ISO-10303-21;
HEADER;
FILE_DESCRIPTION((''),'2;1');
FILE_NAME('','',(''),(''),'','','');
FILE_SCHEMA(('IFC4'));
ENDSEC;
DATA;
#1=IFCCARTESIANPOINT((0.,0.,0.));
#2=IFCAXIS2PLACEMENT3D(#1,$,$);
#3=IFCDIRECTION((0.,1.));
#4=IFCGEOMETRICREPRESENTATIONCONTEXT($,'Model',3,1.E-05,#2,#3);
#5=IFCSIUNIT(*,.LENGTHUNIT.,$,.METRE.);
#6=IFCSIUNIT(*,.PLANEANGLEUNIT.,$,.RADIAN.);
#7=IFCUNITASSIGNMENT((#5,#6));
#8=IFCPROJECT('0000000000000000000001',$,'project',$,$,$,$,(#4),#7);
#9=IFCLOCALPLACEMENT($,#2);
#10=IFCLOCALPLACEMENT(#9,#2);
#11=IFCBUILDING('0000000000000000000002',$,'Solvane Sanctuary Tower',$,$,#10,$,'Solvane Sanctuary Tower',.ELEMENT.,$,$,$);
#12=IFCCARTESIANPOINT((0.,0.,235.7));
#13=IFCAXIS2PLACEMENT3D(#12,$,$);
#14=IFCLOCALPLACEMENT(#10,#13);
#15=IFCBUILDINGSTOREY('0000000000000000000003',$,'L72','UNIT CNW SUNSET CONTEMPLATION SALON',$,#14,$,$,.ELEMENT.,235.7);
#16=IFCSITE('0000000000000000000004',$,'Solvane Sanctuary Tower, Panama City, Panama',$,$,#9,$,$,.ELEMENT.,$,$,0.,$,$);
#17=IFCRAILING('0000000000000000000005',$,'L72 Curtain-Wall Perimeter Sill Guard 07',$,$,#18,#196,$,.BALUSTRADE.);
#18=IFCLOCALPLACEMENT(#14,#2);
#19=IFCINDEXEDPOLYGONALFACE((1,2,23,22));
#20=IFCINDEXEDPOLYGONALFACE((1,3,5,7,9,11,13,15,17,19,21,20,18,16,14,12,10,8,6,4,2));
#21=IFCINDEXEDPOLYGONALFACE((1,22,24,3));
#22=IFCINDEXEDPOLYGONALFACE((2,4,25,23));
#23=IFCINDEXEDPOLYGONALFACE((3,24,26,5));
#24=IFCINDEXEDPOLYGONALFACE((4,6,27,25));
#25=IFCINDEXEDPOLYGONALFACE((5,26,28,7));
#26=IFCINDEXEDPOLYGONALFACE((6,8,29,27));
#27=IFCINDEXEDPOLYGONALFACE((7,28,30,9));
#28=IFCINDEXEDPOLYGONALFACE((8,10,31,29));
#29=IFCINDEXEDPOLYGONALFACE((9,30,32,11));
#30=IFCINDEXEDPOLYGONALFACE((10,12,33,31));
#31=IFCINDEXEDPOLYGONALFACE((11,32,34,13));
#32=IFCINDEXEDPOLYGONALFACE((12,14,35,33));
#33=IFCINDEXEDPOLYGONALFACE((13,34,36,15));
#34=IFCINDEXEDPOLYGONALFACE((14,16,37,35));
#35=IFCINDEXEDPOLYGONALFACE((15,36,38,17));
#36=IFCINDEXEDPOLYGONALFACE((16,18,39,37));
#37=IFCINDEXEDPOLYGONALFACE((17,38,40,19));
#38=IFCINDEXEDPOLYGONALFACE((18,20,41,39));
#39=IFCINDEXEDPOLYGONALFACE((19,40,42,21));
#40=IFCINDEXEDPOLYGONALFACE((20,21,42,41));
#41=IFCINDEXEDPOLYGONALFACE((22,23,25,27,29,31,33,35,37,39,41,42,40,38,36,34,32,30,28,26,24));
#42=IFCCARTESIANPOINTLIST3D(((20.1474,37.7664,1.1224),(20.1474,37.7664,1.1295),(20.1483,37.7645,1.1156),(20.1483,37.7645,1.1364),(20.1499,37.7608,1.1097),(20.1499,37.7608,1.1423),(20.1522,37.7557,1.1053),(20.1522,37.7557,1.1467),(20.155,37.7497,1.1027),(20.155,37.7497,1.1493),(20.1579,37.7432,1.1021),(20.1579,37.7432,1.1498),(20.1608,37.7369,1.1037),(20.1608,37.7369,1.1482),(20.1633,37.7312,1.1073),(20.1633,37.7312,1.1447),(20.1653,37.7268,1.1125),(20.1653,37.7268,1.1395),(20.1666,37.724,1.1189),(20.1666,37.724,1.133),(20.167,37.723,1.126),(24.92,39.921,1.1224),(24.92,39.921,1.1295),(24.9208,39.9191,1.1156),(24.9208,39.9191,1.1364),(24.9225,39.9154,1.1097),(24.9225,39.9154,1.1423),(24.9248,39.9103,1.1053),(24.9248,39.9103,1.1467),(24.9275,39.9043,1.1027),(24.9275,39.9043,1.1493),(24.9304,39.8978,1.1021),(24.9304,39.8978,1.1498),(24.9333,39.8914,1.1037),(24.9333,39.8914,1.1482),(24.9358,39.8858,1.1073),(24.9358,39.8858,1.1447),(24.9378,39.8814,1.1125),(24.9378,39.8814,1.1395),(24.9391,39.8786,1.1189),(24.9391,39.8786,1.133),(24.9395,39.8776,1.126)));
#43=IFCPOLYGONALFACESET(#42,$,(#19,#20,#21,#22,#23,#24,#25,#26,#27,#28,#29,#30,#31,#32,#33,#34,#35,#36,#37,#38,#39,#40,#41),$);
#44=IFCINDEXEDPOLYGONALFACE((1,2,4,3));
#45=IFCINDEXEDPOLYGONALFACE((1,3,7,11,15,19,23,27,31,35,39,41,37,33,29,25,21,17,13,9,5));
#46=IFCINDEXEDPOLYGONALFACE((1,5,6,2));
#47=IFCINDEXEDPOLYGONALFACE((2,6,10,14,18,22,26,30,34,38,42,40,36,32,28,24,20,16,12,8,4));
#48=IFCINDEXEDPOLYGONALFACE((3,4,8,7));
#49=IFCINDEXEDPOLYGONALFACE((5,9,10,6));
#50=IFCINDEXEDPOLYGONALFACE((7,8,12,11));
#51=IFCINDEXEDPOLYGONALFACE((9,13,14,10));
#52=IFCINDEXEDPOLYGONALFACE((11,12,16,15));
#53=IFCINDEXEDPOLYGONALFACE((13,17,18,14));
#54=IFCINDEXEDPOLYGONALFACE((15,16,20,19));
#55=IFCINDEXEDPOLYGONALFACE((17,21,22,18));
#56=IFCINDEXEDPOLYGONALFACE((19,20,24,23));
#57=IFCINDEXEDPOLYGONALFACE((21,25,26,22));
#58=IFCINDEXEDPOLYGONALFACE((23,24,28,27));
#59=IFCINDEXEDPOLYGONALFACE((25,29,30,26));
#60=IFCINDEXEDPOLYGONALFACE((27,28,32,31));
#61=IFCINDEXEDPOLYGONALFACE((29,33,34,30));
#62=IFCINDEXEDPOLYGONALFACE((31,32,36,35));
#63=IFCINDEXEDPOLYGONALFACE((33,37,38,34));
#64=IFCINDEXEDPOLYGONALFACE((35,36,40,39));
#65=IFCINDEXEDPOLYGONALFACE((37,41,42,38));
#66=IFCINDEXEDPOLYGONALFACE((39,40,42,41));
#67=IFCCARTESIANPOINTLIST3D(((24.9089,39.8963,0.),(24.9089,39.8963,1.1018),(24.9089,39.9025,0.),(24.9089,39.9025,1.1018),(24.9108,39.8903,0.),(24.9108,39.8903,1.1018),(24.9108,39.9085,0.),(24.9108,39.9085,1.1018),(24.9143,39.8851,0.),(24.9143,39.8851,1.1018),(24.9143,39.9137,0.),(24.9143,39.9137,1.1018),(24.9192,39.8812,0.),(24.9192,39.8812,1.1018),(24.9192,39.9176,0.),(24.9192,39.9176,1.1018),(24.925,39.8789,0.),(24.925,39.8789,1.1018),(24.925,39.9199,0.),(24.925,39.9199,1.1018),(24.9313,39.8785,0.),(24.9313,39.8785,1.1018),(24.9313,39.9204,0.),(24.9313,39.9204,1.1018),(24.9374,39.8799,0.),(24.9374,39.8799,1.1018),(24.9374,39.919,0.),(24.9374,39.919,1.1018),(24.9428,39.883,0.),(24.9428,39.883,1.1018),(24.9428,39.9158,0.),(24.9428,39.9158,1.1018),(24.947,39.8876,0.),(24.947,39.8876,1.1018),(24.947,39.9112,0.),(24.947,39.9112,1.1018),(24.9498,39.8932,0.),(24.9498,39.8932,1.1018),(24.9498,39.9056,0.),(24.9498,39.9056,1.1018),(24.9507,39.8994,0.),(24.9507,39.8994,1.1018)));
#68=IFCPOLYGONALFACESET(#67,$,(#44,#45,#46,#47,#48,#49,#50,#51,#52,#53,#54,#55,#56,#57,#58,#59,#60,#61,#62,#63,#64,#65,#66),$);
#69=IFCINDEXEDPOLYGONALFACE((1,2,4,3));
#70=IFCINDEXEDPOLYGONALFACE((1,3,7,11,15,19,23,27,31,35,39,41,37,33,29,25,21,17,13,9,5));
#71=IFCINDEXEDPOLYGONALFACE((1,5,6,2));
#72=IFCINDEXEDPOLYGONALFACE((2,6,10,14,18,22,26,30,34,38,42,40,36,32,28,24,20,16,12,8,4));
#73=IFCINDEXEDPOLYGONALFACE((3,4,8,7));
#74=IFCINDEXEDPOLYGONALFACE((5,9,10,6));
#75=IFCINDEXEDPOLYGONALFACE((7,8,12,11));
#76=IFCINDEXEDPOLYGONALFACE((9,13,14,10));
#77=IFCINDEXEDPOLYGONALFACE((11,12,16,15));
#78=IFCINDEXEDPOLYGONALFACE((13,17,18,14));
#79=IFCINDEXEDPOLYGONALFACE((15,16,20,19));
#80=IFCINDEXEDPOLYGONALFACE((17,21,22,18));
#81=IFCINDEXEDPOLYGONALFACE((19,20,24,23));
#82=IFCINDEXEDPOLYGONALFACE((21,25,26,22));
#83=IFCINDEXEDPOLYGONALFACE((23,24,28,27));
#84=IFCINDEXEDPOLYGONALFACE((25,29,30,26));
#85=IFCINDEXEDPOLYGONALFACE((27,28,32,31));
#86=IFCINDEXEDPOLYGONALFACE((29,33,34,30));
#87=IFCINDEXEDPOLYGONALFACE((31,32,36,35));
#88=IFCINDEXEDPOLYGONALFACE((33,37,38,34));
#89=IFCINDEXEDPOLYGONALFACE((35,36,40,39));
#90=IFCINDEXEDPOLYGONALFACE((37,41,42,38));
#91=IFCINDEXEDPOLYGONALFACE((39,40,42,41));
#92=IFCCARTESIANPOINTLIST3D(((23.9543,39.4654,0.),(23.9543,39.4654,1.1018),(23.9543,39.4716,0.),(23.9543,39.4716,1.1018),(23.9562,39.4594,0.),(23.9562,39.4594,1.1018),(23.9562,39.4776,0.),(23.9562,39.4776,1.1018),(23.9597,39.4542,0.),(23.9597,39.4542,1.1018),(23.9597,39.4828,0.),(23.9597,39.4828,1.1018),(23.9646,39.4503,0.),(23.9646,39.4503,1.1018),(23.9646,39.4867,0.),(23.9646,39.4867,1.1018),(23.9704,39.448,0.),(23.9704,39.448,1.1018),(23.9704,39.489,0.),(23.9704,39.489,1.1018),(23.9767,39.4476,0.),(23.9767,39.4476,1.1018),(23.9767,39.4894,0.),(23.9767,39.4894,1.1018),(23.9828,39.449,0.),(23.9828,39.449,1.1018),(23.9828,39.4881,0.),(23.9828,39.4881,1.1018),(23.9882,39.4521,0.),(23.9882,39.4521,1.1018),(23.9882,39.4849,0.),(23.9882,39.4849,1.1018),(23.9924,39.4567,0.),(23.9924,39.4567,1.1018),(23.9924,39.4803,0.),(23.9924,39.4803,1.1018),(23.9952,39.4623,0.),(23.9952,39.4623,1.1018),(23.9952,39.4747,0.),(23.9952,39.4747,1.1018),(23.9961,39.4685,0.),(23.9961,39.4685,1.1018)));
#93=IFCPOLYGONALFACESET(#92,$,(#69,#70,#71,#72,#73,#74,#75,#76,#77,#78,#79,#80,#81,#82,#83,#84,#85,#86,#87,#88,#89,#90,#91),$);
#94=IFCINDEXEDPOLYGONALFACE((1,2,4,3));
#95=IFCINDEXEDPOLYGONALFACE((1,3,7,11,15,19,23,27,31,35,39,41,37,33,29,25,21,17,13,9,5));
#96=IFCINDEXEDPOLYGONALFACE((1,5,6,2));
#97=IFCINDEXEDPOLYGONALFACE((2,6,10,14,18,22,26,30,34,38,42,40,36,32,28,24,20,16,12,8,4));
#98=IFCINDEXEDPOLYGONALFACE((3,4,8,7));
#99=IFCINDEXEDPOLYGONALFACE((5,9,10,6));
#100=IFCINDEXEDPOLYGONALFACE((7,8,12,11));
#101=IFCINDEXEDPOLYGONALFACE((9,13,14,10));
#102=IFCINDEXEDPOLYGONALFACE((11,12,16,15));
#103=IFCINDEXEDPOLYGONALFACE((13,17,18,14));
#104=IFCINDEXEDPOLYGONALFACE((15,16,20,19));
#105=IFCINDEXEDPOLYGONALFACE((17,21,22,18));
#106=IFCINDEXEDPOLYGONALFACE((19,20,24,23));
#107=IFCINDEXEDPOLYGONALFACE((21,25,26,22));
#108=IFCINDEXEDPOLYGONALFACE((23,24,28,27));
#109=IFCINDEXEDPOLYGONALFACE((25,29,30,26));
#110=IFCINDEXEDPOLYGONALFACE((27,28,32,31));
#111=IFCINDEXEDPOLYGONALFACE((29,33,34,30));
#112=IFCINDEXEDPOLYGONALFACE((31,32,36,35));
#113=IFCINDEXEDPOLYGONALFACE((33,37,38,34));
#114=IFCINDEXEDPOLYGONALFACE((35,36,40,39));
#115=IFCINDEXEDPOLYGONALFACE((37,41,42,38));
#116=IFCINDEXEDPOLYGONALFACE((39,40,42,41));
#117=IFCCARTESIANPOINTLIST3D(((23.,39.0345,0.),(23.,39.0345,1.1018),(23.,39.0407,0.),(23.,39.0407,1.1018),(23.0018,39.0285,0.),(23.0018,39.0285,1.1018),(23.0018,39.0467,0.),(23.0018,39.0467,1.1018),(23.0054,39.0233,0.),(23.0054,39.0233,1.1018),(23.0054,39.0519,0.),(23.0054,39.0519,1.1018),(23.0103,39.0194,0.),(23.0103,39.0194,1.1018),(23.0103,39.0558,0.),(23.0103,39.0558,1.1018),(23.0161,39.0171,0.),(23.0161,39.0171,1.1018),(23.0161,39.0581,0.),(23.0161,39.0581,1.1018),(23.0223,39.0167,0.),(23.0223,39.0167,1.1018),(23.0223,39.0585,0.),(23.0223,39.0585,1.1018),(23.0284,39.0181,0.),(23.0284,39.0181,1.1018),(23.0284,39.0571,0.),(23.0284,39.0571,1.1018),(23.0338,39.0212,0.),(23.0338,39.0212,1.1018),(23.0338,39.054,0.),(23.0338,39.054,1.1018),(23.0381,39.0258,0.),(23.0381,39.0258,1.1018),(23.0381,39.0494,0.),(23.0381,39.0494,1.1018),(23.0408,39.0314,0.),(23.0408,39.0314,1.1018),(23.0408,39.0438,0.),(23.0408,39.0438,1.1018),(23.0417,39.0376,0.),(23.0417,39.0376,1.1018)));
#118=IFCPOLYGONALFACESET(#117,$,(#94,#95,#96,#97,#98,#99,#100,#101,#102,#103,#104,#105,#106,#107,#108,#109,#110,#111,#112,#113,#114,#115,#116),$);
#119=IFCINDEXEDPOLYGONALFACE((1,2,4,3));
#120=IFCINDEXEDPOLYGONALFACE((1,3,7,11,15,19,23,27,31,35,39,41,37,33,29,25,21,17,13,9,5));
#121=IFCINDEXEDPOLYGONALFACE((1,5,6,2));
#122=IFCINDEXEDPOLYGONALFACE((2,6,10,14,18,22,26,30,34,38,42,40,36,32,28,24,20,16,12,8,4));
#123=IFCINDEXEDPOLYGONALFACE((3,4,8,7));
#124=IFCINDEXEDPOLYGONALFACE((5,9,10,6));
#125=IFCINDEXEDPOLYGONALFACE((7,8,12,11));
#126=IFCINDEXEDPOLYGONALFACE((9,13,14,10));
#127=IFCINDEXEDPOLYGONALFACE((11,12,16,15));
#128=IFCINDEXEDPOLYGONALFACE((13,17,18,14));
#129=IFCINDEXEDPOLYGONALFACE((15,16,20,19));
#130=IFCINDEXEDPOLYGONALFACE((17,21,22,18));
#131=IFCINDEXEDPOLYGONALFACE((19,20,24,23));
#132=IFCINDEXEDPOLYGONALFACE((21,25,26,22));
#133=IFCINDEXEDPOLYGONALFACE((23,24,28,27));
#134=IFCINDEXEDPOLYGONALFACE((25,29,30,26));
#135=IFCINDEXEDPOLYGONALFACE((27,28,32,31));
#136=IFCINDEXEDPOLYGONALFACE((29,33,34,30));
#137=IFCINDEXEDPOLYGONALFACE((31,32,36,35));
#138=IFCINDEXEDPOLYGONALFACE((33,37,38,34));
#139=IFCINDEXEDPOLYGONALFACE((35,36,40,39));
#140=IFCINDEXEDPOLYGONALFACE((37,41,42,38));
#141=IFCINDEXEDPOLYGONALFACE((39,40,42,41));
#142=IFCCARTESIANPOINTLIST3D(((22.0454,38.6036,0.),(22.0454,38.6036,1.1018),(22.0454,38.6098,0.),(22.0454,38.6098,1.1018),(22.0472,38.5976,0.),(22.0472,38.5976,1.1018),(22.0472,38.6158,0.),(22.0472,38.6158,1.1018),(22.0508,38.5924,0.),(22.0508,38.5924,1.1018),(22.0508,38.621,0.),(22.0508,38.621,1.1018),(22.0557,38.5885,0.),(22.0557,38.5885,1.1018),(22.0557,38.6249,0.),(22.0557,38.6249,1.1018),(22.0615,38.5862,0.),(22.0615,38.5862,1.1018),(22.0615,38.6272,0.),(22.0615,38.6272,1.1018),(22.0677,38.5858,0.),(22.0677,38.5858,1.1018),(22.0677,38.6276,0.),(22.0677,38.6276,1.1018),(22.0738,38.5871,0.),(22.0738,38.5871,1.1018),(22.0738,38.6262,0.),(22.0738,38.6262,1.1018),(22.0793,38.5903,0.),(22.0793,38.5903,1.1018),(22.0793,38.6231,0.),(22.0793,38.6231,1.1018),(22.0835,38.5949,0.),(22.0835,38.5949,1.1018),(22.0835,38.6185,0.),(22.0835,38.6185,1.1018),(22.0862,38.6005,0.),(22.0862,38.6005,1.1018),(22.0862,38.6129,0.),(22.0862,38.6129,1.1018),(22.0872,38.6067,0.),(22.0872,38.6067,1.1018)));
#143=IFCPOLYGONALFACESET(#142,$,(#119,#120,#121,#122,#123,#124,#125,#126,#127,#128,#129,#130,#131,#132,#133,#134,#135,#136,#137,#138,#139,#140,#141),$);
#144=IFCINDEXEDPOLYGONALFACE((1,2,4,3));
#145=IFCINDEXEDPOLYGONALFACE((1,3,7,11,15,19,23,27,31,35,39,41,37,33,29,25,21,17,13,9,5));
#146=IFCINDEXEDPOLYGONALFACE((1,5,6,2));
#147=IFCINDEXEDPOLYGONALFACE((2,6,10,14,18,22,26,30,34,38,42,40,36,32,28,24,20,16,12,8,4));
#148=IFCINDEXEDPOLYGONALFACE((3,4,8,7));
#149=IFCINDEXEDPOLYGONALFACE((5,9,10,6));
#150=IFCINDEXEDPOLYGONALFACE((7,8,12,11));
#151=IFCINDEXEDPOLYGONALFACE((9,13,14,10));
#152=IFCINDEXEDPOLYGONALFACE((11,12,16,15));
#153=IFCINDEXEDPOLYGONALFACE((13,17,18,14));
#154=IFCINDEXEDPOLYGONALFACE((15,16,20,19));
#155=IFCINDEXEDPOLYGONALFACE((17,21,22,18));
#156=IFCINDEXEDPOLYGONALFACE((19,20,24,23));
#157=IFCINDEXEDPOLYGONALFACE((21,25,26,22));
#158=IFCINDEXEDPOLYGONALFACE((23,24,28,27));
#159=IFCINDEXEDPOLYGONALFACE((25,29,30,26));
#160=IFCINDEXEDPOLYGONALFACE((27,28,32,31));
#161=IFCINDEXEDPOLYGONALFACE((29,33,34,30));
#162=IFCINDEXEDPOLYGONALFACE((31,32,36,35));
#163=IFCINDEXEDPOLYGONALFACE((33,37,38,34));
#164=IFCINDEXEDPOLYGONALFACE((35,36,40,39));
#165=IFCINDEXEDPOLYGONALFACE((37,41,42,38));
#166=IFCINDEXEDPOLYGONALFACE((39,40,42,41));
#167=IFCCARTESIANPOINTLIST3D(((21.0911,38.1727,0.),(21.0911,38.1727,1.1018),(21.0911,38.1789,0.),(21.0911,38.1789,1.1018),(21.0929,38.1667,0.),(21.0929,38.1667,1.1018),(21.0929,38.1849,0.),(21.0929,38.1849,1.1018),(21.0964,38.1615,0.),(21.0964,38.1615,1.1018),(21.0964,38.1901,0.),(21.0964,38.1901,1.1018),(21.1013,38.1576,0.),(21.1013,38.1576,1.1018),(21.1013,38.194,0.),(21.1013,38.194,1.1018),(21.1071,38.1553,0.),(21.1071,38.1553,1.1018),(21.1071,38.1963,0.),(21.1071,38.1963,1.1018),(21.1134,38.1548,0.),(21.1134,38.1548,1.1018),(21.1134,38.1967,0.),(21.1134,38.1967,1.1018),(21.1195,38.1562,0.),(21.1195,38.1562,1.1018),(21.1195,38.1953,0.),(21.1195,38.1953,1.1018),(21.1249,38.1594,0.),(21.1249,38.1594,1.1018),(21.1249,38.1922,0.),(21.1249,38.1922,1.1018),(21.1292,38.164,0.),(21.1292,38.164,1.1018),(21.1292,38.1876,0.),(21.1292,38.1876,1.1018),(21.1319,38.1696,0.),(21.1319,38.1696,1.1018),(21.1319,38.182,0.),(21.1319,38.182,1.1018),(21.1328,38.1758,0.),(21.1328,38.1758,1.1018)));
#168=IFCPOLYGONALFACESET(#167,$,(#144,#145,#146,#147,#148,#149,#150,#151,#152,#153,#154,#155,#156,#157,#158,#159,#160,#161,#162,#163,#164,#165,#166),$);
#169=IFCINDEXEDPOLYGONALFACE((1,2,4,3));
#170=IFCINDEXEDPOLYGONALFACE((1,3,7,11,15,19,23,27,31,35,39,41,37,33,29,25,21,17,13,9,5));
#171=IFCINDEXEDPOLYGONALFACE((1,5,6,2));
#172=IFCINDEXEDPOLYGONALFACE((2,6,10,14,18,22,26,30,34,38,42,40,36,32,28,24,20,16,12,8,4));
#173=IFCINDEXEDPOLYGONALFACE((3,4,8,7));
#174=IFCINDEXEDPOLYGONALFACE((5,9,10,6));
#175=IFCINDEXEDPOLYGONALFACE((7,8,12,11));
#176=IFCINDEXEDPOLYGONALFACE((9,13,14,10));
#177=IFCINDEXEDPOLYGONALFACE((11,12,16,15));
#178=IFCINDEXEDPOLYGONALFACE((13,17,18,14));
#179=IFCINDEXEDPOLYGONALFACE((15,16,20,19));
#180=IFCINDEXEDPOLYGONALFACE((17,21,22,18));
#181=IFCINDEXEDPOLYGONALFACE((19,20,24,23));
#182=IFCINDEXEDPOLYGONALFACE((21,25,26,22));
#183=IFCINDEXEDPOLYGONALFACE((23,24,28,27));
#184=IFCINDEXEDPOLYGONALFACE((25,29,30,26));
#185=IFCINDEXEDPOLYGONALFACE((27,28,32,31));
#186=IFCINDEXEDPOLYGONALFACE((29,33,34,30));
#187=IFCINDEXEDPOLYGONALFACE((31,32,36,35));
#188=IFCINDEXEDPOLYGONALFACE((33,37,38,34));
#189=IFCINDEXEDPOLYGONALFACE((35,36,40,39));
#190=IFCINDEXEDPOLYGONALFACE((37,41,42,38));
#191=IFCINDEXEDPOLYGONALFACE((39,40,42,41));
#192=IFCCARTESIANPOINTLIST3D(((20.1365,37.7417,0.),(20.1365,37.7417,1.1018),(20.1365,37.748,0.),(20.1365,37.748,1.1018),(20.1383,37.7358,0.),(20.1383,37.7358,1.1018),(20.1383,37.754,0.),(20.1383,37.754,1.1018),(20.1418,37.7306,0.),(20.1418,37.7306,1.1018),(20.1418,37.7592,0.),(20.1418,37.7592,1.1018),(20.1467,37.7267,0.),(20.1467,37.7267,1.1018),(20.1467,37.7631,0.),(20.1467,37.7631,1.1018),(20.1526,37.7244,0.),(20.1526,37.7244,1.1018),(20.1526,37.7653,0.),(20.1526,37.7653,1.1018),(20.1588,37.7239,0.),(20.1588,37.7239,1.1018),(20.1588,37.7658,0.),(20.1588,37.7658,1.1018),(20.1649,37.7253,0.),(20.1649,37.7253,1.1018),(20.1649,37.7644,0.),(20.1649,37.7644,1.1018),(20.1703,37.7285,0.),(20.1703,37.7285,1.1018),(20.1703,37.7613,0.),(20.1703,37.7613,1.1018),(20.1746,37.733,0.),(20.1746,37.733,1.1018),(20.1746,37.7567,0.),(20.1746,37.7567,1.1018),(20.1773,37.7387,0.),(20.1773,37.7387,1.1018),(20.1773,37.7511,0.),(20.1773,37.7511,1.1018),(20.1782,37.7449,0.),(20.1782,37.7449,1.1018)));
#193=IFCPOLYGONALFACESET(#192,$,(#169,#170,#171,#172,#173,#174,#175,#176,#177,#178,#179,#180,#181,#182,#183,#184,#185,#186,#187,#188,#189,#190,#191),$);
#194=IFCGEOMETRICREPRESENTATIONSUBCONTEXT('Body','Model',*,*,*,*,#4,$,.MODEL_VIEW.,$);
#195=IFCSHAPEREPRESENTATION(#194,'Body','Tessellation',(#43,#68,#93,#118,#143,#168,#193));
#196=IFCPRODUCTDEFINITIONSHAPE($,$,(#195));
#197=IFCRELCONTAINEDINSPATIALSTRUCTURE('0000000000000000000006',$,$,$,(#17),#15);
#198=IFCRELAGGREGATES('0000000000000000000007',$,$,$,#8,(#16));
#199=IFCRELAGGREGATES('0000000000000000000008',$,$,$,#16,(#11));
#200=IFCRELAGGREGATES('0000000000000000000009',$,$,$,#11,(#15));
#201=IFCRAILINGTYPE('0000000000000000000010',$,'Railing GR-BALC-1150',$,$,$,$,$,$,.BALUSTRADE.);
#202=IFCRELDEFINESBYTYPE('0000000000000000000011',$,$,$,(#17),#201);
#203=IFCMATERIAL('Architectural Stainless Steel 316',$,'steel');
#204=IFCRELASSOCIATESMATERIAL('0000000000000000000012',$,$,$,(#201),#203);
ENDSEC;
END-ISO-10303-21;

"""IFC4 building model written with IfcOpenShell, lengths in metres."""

from ifc_helpers import new_model, si_unit, direction, frame, origin, origin_2d, place, context, subcontext, project, spatial, circle, extrude, material, type_object, element, save


model = new_model("IFC4")

# Units and contexts
model_context = context("Model", 3, precision=1e-05, world=origin(), true_north=direction((0.0, 1.0)))
body_context = subcontext(model_context, "Body", "Model", "MODEL_VIEW")
ifc_project = project(units=[si_unit("LENGTHUNIT", "METRE"), si_unit("PLANEANGLEUNIT", "RADIAN")], contexts=[model_context])

# Site, building, storey
site_placement = place(None, origin())
site = spatial("IfcSite", under=ifc_project, at=site_placement, Name="Solvane Sanctuary Tower, Panama City, Panama", CompositionType="ELEMENT", RefElevation=0.0)
building_placement = place(site_placement, origin())
building = spatial("IfcBuilding", under=site, at=building_placement, Name="Solvane Sanctuary Tower", LongName="Solvane Sanctuary Tower", CompositionType="ELEMENT")
storey_placement = place(building_placement, frame((0.0, 0.0, 235.7)))
storey = spatial("IfcBuildingStorey", under=building, at=storey_placement, Name="L72", Description="UNIT CNW SUNSET CONTEMPLATION SALON", CompositionType="ELEMENT", Elevation=235.7)

# Railing
ifc_material_1 = material(Name="Architectural Stainless Steel 316", Category="steel")
railing_type = type_object("IfcRailingType", Name="Railing GR-BALC-1150", PredefinedType="BALUSTRADE", material=ifc_material_1)
railing_placement = place(storey_placement, frame((24.9297, 39.8994, 0.0)))
element("IfcRailing", 1, at=railing_placement, inside=storey, type_object=railing_type, Name="L72 Curtain-Wall Perimeter Sill Guard 07", PredefinedType="BALUSTRADE", context=body_context, shape_type="SweptSolid", body=[
    extrude(circle(Radius=0.0239, at=origin_2d()), frame((0.0, 0.0, 1.126), z_axis=(-0.911425, -0.411466, 0.0), x_axis=(0.411466, -0.911425, 0.0)), (0.0, 0.0, 1.0), 5.2363),
    extrude(circle(Radius=0.021, at=origin_2d()), origin(), (0.0, 0.0, 1.0), 1.1018),
    extrude(circle(Radius=0.021, at=origin_2d()), frame((-0.9546, -0.4309, 0.0)), (0.0, 0.0, 1.0), 1.1018),
    extrude(circle(Radius=0.021, at=origin_2d()), frame((-1.9089, -0.8618, 0.0)), (0.0, 0.0, 1.0), 1.1018),
    extrude(circle(Radius=0.021, at=origin_2d()), frame((-2.8635, -1.2927, 0.0)), (0.0, 0.0, 1.0), 1.1018),
    extrude(circle(Radius=0.021, at=origin_2d()), frame((-3.8179, -1.7236, 0.0)), (0.0, 0.0, 1.0), 1.1018),
    extrude(circle(Radius=0.021, at=origin_2d()), frame((-4.7725, -2.1545, 0.0)), (0.0, 0.0, 1.0), 1.1018),
])

save(model, "model.ifc")
